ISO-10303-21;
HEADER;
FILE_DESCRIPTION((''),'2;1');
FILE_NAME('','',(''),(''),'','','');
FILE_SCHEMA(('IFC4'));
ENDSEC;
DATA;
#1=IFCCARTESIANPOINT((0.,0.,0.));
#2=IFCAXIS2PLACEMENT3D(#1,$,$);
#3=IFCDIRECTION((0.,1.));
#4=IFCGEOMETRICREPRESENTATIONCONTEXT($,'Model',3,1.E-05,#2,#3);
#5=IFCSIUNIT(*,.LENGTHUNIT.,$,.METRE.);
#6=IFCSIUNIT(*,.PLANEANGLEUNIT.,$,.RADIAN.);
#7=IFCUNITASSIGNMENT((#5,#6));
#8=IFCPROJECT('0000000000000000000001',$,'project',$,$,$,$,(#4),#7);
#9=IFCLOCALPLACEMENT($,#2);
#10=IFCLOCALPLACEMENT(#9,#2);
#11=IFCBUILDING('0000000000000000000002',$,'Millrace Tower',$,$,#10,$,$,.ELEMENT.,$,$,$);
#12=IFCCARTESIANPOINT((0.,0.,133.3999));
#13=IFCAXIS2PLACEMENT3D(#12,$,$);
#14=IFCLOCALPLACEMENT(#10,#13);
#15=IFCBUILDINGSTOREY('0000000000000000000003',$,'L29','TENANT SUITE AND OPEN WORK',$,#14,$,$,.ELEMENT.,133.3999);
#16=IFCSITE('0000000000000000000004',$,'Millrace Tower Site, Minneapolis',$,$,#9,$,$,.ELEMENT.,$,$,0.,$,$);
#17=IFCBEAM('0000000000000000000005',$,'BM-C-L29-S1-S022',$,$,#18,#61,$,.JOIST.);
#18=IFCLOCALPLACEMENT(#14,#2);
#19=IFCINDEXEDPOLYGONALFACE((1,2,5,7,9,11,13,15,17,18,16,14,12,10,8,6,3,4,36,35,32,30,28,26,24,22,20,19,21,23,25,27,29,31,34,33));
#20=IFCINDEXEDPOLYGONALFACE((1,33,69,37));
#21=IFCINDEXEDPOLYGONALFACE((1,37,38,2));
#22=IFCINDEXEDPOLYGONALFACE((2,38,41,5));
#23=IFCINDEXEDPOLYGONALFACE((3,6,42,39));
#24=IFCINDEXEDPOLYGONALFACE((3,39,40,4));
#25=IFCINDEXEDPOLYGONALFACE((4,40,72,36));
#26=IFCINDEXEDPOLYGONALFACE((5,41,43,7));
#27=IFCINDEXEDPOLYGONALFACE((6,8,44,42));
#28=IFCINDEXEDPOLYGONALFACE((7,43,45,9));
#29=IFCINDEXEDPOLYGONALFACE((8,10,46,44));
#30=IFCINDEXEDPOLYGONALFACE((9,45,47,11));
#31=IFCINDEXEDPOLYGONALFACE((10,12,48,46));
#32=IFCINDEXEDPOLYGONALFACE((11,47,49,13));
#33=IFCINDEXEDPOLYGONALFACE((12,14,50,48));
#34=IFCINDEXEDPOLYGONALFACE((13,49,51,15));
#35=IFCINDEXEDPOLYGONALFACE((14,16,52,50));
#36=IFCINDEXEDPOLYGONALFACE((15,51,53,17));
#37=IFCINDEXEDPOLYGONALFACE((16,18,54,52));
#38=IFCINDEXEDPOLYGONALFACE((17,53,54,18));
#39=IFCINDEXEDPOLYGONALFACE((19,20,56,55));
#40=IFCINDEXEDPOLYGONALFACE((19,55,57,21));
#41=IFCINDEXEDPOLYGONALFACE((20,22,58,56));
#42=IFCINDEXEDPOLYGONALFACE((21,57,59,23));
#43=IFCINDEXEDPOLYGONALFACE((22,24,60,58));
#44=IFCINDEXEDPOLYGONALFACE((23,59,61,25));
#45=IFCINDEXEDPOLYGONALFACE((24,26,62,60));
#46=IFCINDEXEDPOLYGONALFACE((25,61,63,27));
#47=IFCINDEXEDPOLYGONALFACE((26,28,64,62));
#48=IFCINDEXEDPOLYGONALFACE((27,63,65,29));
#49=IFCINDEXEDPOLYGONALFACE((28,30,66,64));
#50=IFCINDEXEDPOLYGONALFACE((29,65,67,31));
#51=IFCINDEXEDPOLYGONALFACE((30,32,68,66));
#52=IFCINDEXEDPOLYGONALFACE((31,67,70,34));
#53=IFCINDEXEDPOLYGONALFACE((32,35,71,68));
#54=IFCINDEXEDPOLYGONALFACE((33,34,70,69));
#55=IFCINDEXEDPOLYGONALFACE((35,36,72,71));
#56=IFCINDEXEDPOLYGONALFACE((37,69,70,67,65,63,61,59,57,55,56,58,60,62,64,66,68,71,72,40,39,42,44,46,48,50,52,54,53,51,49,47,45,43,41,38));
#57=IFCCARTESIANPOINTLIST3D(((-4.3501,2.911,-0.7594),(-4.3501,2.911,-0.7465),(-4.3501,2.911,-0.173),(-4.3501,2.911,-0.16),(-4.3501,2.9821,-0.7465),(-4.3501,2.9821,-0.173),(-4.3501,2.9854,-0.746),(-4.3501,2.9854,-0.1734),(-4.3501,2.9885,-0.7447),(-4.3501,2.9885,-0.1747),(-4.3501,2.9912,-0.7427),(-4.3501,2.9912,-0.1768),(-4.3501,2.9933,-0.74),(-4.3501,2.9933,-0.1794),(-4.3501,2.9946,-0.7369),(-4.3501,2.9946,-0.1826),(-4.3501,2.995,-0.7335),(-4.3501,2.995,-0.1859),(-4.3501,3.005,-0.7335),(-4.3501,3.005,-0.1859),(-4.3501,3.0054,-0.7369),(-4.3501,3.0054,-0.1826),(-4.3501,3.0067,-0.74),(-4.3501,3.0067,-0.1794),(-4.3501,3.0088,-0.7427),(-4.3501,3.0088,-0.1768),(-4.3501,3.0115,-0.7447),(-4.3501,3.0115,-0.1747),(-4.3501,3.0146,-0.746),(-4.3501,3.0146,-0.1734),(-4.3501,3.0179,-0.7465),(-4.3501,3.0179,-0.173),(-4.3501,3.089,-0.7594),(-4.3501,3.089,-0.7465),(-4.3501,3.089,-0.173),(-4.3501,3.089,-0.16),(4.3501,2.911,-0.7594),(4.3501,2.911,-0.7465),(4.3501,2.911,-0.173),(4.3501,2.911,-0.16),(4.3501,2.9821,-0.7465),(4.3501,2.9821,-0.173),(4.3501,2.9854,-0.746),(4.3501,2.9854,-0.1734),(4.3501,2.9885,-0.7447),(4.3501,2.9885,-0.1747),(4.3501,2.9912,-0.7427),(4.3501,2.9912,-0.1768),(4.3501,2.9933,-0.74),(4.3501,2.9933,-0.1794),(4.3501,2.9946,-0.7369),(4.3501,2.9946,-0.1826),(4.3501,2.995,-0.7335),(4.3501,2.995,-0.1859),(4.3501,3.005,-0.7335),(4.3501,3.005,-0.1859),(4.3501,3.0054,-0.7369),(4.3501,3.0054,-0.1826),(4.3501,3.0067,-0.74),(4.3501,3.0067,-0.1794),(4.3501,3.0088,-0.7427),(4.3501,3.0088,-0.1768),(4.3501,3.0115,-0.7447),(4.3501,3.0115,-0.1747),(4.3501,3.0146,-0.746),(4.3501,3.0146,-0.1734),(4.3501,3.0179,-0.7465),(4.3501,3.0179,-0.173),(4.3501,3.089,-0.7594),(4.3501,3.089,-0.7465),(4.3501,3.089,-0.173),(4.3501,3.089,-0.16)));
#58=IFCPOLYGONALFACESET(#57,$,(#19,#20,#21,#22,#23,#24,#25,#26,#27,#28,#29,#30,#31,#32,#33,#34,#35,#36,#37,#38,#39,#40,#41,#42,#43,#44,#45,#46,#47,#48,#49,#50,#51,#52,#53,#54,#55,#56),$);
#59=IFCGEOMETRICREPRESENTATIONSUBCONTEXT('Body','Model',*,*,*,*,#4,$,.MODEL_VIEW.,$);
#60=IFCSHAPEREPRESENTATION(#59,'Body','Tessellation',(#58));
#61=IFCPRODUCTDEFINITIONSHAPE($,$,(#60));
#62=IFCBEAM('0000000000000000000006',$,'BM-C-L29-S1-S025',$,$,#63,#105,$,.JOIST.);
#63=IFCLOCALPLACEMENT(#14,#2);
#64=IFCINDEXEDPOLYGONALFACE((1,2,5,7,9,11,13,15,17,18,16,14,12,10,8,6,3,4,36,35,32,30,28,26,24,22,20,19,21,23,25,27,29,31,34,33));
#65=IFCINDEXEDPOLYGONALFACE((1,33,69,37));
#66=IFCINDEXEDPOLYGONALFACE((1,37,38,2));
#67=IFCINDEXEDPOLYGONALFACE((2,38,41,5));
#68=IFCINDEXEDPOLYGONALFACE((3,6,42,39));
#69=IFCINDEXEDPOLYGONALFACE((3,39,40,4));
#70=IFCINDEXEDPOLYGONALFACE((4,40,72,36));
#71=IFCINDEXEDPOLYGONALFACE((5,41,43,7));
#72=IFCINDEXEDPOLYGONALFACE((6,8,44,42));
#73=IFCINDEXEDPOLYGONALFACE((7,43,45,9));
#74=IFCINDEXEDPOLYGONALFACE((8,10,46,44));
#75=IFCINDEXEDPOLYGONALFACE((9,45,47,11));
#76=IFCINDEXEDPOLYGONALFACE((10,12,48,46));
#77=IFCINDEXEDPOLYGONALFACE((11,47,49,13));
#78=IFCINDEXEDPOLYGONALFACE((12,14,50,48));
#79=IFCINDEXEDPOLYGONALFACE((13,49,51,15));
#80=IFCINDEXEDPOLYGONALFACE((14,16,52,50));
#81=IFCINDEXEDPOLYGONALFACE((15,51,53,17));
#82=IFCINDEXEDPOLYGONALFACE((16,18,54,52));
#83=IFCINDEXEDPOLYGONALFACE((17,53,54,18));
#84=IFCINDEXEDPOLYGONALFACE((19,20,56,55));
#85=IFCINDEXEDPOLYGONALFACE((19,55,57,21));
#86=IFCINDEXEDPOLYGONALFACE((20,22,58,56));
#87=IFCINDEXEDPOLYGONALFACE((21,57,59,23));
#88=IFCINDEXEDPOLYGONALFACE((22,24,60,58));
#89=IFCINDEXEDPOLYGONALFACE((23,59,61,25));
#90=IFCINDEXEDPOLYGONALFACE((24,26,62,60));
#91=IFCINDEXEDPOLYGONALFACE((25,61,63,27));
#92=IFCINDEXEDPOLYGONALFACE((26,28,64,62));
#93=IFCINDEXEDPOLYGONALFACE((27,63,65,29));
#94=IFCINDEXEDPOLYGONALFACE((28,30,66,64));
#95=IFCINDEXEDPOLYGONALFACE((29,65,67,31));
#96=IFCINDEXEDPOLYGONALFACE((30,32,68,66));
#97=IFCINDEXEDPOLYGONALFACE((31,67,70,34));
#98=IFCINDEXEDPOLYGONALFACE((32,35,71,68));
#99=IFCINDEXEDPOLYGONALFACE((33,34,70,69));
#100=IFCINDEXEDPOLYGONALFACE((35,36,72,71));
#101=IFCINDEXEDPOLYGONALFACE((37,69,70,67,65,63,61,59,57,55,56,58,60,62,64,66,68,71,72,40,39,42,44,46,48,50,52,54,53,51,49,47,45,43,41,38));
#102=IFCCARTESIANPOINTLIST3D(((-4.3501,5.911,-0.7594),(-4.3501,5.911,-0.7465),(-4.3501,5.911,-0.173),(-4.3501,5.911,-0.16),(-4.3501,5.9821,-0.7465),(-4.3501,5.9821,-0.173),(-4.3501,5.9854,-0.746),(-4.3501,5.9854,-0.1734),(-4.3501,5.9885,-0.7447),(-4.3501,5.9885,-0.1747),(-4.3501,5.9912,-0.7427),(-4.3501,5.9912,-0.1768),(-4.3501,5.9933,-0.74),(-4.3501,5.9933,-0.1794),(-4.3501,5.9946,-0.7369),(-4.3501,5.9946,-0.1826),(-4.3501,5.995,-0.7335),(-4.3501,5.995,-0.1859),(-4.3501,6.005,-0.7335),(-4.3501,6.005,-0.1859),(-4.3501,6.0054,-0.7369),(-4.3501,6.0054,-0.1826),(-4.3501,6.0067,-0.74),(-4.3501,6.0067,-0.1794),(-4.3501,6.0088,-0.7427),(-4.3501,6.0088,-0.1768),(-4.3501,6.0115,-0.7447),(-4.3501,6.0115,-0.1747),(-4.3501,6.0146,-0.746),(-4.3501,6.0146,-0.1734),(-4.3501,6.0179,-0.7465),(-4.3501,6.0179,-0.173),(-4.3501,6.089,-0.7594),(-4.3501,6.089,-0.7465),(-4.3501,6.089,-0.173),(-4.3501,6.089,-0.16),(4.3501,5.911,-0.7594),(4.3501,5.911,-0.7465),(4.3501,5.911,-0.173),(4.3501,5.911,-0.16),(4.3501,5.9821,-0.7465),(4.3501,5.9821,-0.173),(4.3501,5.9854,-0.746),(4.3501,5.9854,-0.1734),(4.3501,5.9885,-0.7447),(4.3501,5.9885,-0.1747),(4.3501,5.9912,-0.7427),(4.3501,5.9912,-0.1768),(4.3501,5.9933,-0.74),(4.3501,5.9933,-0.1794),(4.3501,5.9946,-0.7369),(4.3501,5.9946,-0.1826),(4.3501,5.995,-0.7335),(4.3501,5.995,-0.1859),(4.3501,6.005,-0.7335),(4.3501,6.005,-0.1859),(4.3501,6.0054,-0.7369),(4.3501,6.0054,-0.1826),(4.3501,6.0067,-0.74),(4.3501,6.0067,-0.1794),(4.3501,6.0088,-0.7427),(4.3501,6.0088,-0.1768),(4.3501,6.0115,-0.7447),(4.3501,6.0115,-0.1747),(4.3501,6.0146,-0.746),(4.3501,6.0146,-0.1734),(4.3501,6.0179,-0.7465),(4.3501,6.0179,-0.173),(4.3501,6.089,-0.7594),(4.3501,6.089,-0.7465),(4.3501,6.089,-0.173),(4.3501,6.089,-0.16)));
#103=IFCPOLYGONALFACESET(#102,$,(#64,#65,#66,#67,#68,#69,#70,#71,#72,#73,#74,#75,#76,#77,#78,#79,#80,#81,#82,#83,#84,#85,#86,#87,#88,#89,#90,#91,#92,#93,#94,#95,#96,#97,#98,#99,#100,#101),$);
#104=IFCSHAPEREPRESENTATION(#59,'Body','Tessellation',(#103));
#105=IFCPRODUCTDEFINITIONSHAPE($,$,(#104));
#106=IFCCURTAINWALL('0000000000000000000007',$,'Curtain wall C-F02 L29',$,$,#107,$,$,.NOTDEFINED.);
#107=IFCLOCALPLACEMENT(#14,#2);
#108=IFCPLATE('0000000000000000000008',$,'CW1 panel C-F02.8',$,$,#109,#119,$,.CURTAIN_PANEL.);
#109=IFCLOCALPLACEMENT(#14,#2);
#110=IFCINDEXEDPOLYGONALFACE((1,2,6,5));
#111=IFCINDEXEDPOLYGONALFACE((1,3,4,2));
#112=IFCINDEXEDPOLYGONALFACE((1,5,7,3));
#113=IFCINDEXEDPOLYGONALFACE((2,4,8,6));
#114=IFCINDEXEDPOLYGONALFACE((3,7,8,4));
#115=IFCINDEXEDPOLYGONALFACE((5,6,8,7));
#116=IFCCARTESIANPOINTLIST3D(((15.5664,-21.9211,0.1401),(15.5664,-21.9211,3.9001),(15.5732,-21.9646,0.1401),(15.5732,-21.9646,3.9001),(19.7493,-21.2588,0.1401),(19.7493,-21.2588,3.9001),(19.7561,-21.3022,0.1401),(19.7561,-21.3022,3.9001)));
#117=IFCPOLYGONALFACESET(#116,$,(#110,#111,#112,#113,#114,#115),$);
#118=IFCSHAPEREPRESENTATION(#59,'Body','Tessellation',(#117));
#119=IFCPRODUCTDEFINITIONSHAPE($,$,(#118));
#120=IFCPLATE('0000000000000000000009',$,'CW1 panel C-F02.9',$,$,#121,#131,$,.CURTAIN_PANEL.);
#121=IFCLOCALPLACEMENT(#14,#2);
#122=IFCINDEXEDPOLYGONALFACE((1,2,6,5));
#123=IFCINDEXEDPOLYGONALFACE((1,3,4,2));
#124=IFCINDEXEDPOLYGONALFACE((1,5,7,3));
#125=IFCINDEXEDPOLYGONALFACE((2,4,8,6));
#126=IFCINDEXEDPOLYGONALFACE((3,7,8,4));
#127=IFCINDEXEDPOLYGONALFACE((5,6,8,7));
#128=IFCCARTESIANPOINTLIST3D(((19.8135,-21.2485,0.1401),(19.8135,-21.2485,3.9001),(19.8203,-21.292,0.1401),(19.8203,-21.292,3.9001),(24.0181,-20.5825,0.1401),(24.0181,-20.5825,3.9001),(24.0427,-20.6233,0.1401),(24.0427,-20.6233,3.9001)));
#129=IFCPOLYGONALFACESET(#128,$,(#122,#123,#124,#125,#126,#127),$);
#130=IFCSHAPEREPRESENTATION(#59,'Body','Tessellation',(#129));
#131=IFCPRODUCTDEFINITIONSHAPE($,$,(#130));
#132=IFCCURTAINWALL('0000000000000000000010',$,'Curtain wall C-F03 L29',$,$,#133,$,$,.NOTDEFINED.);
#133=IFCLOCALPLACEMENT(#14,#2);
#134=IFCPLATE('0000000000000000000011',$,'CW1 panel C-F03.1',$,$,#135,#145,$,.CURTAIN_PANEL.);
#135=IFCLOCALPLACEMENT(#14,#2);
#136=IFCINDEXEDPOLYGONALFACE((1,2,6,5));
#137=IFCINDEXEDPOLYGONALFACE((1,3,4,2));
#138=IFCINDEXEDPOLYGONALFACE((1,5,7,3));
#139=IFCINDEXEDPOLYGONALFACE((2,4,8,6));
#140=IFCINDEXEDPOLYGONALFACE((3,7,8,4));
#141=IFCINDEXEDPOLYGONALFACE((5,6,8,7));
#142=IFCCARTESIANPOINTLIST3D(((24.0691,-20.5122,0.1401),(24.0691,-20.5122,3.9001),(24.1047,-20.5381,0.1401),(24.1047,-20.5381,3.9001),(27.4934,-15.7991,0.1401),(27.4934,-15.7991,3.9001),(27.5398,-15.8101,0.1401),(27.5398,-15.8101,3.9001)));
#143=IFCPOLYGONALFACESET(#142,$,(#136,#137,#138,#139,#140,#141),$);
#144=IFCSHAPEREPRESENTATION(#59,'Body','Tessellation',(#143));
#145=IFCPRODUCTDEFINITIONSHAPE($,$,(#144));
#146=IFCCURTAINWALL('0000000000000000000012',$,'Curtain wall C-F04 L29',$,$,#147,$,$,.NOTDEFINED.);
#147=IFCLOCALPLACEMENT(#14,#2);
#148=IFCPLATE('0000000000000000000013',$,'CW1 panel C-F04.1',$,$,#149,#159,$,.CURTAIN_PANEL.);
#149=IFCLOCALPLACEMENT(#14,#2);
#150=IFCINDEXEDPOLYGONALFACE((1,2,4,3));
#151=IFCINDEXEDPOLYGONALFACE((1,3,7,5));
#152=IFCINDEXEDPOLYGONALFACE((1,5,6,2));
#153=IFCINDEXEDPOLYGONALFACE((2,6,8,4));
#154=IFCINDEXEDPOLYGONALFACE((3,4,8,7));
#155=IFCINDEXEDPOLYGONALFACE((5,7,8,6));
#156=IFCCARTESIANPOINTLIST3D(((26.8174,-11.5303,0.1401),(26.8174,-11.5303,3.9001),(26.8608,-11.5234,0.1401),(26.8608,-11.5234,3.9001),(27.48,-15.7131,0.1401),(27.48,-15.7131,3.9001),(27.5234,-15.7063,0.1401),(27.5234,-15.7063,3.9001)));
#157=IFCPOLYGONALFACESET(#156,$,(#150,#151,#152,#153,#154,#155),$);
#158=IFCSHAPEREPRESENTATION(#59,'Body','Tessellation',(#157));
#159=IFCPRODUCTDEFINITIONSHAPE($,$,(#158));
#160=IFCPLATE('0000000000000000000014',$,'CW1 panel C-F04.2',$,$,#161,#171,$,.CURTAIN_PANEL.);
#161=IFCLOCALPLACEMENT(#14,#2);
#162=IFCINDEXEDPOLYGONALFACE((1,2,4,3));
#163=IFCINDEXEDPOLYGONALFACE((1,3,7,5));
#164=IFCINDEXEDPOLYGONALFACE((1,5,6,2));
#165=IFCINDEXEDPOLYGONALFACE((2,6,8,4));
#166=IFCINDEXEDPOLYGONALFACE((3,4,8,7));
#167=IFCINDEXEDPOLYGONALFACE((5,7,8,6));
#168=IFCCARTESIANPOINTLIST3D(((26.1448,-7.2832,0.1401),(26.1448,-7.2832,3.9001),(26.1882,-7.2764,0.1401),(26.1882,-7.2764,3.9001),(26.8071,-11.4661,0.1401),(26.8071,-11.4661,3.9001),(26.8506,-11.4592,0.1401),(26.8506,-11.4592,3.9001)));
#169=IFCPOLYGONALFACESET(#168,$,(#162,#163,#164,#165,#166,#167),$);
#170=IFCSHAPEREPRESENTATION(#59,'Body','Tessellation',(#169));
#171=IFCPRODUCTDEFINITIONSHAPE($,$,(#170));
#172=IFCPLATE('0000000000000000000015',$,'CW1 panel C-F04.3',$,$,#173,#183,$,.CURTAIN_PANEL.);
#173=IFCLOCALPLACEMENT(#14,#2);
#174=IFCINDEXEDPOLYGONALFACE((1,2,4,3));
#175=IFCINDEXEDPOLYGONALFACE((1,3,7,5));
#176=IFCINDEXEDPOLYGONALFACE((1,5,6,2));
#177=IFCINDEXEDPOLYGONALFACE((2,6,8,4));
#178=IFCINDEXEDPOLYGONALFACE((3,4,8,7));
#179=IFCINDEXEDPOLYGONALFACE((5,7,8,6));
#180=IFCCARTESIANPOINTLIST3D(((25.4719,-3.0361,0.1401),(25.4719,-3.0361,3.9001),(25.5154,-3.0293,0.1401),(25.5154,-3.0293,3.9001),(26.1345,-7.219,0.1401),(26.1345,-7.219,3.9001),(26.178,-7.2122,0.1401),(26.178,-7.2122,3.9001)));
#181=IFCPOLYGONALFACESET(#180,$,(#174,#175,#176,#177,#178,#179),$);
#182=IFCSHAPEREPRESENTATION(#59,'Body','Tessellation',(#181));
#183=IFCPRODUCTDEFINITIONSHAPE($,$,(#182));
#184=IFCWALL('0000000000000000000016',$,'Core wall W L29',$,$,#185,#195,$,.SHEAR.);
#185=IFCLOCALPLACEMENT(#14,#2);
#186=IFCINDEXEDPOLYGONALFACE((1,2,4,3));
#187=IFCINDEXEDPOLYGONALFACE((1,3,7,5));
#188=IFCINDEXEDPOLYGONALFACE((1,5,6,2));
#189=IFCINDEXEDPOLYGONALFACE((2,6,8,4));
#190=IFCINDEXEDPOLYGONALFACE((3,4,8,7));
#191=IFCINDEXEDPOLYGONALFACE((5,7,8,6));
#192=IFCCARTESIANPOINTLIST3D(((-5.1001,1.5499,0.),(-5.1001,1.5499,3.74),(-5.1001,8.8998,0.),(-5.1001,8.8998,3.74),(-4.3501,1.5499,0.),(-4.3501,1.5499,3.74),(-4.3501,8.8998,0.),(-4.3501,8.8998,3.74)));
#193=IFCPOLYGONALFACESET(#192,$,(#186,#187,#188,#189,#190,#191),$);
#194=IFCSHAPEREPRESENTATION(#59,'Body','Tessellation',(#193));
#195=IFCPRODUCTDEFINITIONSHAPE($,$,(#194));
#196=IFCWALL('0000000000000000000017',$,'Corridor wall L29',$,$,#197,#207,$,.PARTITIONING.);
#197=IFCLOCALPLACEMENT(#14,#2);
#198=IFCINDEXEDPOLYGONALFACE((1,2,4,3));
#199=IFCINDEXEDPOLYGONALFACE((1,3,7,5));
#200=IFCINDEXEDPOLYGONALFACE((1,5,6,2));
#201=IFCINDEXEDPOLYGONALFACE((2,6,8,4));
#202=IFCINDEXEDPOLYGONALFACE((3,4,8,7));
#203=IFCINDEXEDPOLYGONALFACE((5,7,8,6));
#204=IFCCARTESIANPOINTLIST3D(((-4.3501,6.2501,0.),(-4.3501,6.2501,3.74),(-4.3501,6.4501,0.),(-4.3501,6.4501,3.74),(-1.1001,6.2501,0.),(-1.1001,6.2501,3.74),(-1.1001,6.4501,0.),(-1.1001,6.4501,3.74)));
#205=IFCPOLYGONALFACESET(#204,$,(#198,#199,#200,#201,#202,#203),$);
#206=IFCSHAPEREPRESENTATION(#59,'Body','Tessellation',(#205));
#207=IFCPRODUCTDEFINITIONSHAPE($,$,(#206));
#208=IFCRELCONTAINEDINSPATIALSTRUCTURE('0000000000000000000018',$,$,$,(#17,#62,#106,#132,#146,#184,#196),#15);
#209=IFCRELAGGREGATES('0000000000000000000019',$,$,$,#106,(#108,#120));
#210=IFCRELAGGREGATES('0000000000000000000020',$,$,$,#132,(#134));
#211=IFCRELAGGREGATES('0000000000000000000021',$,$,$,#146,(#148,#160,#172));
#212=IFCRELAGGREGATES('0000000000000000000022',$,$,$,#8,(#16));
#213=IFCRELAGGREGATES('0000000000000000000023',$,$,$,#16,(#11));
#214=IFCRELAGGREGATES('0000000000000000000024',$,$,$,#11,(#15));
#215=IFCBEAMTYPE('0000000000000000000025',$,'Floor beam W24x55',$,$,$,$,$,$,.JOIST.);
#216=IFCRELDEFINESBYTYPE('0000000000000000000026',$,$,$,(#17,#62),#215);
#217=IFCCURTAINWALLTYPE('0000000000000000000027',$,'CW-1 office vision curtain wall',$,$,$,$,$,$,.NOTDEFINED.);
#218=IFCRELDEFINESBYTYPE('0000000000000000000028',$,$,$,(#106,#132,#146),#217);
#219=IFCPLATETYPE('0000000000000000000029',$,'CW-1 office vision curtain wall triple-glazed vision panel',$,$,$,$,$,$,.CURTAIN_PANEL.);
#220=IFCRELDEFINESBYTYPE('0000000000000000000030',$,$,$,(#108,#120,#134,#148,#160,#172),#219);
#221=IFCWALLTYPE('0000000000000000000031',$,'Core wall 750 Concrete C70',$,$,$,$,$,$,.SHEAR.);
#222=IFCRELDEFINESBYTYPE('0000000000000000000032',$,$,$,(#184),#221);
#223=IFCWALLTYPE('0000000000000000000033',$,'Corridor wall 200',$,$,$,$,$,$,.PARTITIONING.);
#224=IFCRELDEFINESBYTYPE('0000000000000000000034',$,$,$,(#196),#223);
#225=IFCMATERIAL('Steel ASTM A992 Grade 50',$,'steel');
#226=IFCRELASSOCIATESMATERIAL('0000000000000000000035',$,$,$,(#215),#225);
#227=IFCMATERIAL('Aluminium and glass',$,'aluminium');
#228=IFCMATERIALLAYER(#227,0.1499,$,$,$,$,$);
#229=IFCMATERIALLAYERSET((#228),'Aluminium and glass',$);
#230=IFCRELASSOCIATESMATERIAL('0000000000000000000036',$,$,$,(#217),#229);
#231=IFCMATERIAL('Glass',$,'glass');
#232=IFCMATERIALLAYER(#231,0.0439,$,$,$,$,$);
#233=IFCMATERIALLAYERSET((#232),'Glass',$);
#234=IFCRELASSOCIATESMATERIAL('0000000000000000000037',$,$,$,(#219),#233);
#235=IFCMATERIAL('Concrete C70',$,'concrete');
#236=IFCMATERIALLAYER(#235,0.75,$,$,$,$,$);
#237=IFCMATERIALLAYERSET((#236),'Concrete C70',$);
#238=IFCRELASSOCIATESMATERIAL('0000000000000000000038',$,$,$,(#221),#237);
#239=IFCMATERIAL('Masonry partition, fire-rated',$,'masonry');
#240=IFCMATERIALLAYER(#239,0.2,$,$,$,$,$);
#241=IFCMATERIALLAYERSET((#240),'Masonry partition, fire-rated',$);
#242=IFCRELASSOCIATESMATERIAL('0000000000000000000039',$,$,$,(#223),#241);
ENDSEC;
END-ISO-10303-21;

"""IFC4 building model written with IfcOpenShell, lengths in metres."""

from ifc_helpers import new_model, si_unit, direction, frame, frame_2d, origin, origin_2d, place, context, subcontext, project, spatial, polyline, rectangle, i_section, outline, extrude, material, layer, layer_set, material_profile, profile_set, type_object, element, aggregate, save


model = new_model("IFC4")

# Units and contexts
model_context = context("Model", 3, precision=1e-05, world=origin(), true_north=direction((0.0, 1.0)))
body_context = subcontext(model_context, "Body", "Model", "MODEL_VIEW")
ifc_project = project(units=[si_unit("LENGTHUNIT", "METRE"), si_unit("PLANEANGLEUNIT", "RADIAN")], contexts=[model_context])

# Site, building, storey
site_placement = place(None, origin())
site = spatial("IfcSite", under=ifc_project, at=site_placement, Name="Millrace Tower Site, Minneapolis", CompositionType="ELEMENT", RefElevation=0.0)
building_placement = place(site_placement, origin())
building = spatial("IfcBuilding", under=site, at=building_placement, Name="Millrace Tower", CompositionType="ELEMENT")
storey_placement = place(building_placement, frame((0.0, 0.0, 133.3999)))
storey = spatial("IfcBuildingStorey", under=building, at=storey_placement, Name="L29", Description="TENANT SUITE AND OPEN WORK", CompositionType="ELEMENT", Elevation=133.3999)

# Beams
ifc_material_1 = material(Name="Steel ASTM A992 Grade 50", Category="steel")
ifc_material_profile = material_profile(ifc_material_1, i_section(OverallWidth=0.178, OverallDepth=0.5994, WebThickness=0.01, FlangeThickness=0.0129, FilletRadius=0.0129, at=origin_2d()))
ifc_profile_set = profile_set([ifc_material_profile], Name="Steel ASTM A992 Grade 50")
beam_type = type_object("IfcBeamType", Name="Floor beam W24x55", PredefinedType="JOIST", material=ifc_profile_set)
for number, where, z_axis, x_axis, name in (
    (1, (-4.3501, 3.0, -0.4597), (1.0, 0.0, 0.0), (0.0, 1.0, 0.0), "BM-C-L29-S1-S022"),
    (2, (-4.3501, 6.0, -0.4597), (1.0, 0.0, 0.0), (0.0, 1.0, 0.0), "BM-C-L29-S1-S025"),
):
    element("IfcBeam", number, at=place(storey_placement, frame(where, z_axis=z_axis, x_axis=x_axis)), inside=storey, type_object=beam_type, Name=name, PredefinedType="JOIST", context=body_context, shape_type="SweptSolid", body=[
        extrude(i_section(OverallWidth=0.178, OverallDepth=0.5994, WebThickness=0.01, FlangeThickness=0.0129, FilletRadius=0.0129, at=origin_2d()), origin(), (0.0, 0.0, 1.0), 8.7002),
    ])

# Curtain wall, plates
ifc_material_2 = material(Name="Aluminium and glass", Category="aluminium")
ifc_layer_1 = layer(ifc_material_2, 0.1499)
ifc_layer_set_1 = layer_set([ifc_layer_1], Name="Aluminium and glass")
curtain_wall_type = type_object("IfcCurtainWallType", Name="CW-1 office vision curtain wall", PredefinedType="NOTDEFINED", material=ifc_layer_set_1)
placement_1 = place(storey_placement, origin())
curtain_wall_1 = element("IfcCurtainWall", 3, at=placement_1, inside=storey, type_object=curtain_wall_type, Name="Curtain wall C-F02 L29", PredefinedType="NOTDEFINED")
ifc_material_3 = material(Name="Glass", Category="glass")
ifc_layer_2 = layer(ifc_material_3, 0.0439)
ifc_layer_set_2 = layer_set([ifc_layer_2], Name="Glass")
plate_type = type_object("IfcPlateType", Name="CW-1 office vision curtain wall triple-glazed vision panel", PredefinedType="CURTAIN_PANEL", material=ifc_layer_set_2)
placement_2 = place(storey_placement, frame((0.0, 0.0, 0.1401)))
plate_1 = element("IfcPlate", 4, at=placement_2, type_object=plate_type, Name="CW1 panel C-F02.8", PredefinedType="CURTAIN_PANEL", context=body_context, shape_type="SweptSolid", body=[
    extrude(outline(polyline([(15.5732, -21.9646), (19.7561, -21.3022), (19.7493, -21.2588), (15.5664, -21.9211), (15.5732, -21.9646)])), origin(), (0.0, 0.0, 1.0), 3.76),
])
plate_2 = element("IfcPlate", 5, at=placement_2, type_object=plate_type, Name="CW1 panel C-F02.9", PredefinedType="CURTAIN_PANEL", context=body_context, shape_type="SweptSolid", body=[
    extrude(outline(polyline([(19.8203, -21.292), (24.0427, -20.6233), (24.0181, -20.5825), (19.8135, -21.2485), (19.8203, -21.292)])), origin(), (0.0, 0.0, 1.0), 3.76),
])
aggregate(curtain_wall_1, [plate_1, plate_2])

# Curtain wall, plate
curtain_wall_2 = element("IfcCurtainWall", 6, at=placement_1, inside=storey, type_object=curtain_wall_type, Name="Curtain wall C-F03 L29", PredefinedType="NOTDEFINED")
plate_3 = element("IfcPlate", 7, at=placement_2, type_object=plate_type, Name="CW1 panel C-F03.1", PredefinedType="CURTAIN_PANEL", context=body_context, shape_type="SweptSolid", body=[
    extrude(outline(polyline([(24.1047, -20.5381), (27.5398, -15.8101), (27.4934, -15.7991), (24.0691, -20.5122), (24.1047, -20.5381)])), origin(), (0.0, 0.0, 1.0), 3.76),
])
aggregate(curtain_wall_2, [plate_3])

# Curtain wall, plates
curtain_wall_3 = element("IfcCurtainWall", 8, at=placement_1, inside=storey, type_object=curtain_wall_type, Name="Curtain wall C-F04 L29", PredefinedType="NOTDEFINED")
plate_4 = element("IfcPlate", 9, at=placement_2, type_object=plate_type, Name="CW1 panel C-F04.1", PredefinedType="CURTAIN_PANEL", context=body_context, shape_type="SweptSolid", body=[
    extrude(outline(polyline([(27.5234, -15.7063), (26.8608, -11.5234), (26.8174, -11.5303), (27.48, -15.7131), (27.5234, -15.7063)])), origin(), (0.0, 0.0, 1.0), 3.76),
])
plate_5 = element("IfcPlate", 10, at=placement_2, type_object=plate_type, Name="CW1 panel C-F04.2", PredefinedType="CURTAIN_PANEL", context=body_context, shape_type="SweptSolid", body=[
    extrude(outline(polyline([(26.8506, -11.4592), (26.1882, -7.2764), (26.1448, -7.2832), (26.8071, -11.4661), (26.8506, -11.4592)])), origin(), (0.0, 0.0, 1.0), 3.76),
])
plate_6 = element("IfcPlate", 11, at=placement_2, type_object=plate_type, Name="CW1 panel C-F04.3", PredefinedType="CURTAIN_PANEL", context=body_context, shape_type="SweptSolid", body=[
    extrude(outline(polyline([(26.178, -7.2122), (25.5154, -3.0293), (25.4719, -3.0361), (26.1345, -7.219), (26.178, -7.2122)])), origin(), (0.0, 0.0, 1.0), 3.76),
])
aggregate(curtain_wall_3, [plate_4, plate_5, plate_6])

# Walls
ifc_material_4 = material(Name="Concrete C70", Category="concrete")
ifc_layer_3 = layer(ifc_material_4, 0.75)
ifc_layer_set_3 = layer_set([ifc_layer_3], Name="Concrete C70")
wall_type_1 = type_object("IfcWallType", Name="Core wall 750 Concrete C70", PredefinedType="SHEAR", material=ifc_layer_set_3)
wall_1_placement = place(storey_placement, frame((-4.7251, 1.55, 0.0), z_axis=(0.0, 0.0, 1.0), x_axis=(0.0, 1.0, 0.0)))
element("IfcWall", 12, at=wall_1_placement, inside=storey, type_object=wall_type_1, Name="Core wall W L29", PredefinedType="SHEAR", context=body_context, shape_type="SweptSolid", body=[
    extrude(rectangle(XDim=7.3499, YDim=0.75, at=frame_2d((3.6748, 0.0))), origin(), (0.0, 0.0, 1.0), 3.74),
])
ifc_material_5 = material(Name="Masonry partition, fire-rated", Category="masonry")
ifc_layer_4 = layer(ifc_material_5, 0.2)
ifc_layer_set_4 = layer_set([ifc_layer_4], Name="Masonry partition, fire-rated")
wall_type_2 = type_object("IfcWallType", Name="Corridor wall 200", PredefinedType="PARTITIONING", material=ifc_layer_set_4)
wall_2_placement = place(storey_placement, frame((-4.3501, 6.3501, 0.0), z_axis=(0.0, 0.0, 1.0), x_axis=(1.0, 0.0, 0.0)))
element("IfcWall", 13, at=wall_2_placement, inside=storey, type_object=wall_type_2, Name="Corridor wall L29", PredefinedType="PARTITIONING", context=body_context, shape_type="SweptSolid", body=[
    extrude(rectangle(XDim=3.25, YDim=0.2, at=frame_2d((1.625, 0.0))), origin(), (0.0, 0.0, 1.0), 3.74),
])

save(model, "model.ifc")
